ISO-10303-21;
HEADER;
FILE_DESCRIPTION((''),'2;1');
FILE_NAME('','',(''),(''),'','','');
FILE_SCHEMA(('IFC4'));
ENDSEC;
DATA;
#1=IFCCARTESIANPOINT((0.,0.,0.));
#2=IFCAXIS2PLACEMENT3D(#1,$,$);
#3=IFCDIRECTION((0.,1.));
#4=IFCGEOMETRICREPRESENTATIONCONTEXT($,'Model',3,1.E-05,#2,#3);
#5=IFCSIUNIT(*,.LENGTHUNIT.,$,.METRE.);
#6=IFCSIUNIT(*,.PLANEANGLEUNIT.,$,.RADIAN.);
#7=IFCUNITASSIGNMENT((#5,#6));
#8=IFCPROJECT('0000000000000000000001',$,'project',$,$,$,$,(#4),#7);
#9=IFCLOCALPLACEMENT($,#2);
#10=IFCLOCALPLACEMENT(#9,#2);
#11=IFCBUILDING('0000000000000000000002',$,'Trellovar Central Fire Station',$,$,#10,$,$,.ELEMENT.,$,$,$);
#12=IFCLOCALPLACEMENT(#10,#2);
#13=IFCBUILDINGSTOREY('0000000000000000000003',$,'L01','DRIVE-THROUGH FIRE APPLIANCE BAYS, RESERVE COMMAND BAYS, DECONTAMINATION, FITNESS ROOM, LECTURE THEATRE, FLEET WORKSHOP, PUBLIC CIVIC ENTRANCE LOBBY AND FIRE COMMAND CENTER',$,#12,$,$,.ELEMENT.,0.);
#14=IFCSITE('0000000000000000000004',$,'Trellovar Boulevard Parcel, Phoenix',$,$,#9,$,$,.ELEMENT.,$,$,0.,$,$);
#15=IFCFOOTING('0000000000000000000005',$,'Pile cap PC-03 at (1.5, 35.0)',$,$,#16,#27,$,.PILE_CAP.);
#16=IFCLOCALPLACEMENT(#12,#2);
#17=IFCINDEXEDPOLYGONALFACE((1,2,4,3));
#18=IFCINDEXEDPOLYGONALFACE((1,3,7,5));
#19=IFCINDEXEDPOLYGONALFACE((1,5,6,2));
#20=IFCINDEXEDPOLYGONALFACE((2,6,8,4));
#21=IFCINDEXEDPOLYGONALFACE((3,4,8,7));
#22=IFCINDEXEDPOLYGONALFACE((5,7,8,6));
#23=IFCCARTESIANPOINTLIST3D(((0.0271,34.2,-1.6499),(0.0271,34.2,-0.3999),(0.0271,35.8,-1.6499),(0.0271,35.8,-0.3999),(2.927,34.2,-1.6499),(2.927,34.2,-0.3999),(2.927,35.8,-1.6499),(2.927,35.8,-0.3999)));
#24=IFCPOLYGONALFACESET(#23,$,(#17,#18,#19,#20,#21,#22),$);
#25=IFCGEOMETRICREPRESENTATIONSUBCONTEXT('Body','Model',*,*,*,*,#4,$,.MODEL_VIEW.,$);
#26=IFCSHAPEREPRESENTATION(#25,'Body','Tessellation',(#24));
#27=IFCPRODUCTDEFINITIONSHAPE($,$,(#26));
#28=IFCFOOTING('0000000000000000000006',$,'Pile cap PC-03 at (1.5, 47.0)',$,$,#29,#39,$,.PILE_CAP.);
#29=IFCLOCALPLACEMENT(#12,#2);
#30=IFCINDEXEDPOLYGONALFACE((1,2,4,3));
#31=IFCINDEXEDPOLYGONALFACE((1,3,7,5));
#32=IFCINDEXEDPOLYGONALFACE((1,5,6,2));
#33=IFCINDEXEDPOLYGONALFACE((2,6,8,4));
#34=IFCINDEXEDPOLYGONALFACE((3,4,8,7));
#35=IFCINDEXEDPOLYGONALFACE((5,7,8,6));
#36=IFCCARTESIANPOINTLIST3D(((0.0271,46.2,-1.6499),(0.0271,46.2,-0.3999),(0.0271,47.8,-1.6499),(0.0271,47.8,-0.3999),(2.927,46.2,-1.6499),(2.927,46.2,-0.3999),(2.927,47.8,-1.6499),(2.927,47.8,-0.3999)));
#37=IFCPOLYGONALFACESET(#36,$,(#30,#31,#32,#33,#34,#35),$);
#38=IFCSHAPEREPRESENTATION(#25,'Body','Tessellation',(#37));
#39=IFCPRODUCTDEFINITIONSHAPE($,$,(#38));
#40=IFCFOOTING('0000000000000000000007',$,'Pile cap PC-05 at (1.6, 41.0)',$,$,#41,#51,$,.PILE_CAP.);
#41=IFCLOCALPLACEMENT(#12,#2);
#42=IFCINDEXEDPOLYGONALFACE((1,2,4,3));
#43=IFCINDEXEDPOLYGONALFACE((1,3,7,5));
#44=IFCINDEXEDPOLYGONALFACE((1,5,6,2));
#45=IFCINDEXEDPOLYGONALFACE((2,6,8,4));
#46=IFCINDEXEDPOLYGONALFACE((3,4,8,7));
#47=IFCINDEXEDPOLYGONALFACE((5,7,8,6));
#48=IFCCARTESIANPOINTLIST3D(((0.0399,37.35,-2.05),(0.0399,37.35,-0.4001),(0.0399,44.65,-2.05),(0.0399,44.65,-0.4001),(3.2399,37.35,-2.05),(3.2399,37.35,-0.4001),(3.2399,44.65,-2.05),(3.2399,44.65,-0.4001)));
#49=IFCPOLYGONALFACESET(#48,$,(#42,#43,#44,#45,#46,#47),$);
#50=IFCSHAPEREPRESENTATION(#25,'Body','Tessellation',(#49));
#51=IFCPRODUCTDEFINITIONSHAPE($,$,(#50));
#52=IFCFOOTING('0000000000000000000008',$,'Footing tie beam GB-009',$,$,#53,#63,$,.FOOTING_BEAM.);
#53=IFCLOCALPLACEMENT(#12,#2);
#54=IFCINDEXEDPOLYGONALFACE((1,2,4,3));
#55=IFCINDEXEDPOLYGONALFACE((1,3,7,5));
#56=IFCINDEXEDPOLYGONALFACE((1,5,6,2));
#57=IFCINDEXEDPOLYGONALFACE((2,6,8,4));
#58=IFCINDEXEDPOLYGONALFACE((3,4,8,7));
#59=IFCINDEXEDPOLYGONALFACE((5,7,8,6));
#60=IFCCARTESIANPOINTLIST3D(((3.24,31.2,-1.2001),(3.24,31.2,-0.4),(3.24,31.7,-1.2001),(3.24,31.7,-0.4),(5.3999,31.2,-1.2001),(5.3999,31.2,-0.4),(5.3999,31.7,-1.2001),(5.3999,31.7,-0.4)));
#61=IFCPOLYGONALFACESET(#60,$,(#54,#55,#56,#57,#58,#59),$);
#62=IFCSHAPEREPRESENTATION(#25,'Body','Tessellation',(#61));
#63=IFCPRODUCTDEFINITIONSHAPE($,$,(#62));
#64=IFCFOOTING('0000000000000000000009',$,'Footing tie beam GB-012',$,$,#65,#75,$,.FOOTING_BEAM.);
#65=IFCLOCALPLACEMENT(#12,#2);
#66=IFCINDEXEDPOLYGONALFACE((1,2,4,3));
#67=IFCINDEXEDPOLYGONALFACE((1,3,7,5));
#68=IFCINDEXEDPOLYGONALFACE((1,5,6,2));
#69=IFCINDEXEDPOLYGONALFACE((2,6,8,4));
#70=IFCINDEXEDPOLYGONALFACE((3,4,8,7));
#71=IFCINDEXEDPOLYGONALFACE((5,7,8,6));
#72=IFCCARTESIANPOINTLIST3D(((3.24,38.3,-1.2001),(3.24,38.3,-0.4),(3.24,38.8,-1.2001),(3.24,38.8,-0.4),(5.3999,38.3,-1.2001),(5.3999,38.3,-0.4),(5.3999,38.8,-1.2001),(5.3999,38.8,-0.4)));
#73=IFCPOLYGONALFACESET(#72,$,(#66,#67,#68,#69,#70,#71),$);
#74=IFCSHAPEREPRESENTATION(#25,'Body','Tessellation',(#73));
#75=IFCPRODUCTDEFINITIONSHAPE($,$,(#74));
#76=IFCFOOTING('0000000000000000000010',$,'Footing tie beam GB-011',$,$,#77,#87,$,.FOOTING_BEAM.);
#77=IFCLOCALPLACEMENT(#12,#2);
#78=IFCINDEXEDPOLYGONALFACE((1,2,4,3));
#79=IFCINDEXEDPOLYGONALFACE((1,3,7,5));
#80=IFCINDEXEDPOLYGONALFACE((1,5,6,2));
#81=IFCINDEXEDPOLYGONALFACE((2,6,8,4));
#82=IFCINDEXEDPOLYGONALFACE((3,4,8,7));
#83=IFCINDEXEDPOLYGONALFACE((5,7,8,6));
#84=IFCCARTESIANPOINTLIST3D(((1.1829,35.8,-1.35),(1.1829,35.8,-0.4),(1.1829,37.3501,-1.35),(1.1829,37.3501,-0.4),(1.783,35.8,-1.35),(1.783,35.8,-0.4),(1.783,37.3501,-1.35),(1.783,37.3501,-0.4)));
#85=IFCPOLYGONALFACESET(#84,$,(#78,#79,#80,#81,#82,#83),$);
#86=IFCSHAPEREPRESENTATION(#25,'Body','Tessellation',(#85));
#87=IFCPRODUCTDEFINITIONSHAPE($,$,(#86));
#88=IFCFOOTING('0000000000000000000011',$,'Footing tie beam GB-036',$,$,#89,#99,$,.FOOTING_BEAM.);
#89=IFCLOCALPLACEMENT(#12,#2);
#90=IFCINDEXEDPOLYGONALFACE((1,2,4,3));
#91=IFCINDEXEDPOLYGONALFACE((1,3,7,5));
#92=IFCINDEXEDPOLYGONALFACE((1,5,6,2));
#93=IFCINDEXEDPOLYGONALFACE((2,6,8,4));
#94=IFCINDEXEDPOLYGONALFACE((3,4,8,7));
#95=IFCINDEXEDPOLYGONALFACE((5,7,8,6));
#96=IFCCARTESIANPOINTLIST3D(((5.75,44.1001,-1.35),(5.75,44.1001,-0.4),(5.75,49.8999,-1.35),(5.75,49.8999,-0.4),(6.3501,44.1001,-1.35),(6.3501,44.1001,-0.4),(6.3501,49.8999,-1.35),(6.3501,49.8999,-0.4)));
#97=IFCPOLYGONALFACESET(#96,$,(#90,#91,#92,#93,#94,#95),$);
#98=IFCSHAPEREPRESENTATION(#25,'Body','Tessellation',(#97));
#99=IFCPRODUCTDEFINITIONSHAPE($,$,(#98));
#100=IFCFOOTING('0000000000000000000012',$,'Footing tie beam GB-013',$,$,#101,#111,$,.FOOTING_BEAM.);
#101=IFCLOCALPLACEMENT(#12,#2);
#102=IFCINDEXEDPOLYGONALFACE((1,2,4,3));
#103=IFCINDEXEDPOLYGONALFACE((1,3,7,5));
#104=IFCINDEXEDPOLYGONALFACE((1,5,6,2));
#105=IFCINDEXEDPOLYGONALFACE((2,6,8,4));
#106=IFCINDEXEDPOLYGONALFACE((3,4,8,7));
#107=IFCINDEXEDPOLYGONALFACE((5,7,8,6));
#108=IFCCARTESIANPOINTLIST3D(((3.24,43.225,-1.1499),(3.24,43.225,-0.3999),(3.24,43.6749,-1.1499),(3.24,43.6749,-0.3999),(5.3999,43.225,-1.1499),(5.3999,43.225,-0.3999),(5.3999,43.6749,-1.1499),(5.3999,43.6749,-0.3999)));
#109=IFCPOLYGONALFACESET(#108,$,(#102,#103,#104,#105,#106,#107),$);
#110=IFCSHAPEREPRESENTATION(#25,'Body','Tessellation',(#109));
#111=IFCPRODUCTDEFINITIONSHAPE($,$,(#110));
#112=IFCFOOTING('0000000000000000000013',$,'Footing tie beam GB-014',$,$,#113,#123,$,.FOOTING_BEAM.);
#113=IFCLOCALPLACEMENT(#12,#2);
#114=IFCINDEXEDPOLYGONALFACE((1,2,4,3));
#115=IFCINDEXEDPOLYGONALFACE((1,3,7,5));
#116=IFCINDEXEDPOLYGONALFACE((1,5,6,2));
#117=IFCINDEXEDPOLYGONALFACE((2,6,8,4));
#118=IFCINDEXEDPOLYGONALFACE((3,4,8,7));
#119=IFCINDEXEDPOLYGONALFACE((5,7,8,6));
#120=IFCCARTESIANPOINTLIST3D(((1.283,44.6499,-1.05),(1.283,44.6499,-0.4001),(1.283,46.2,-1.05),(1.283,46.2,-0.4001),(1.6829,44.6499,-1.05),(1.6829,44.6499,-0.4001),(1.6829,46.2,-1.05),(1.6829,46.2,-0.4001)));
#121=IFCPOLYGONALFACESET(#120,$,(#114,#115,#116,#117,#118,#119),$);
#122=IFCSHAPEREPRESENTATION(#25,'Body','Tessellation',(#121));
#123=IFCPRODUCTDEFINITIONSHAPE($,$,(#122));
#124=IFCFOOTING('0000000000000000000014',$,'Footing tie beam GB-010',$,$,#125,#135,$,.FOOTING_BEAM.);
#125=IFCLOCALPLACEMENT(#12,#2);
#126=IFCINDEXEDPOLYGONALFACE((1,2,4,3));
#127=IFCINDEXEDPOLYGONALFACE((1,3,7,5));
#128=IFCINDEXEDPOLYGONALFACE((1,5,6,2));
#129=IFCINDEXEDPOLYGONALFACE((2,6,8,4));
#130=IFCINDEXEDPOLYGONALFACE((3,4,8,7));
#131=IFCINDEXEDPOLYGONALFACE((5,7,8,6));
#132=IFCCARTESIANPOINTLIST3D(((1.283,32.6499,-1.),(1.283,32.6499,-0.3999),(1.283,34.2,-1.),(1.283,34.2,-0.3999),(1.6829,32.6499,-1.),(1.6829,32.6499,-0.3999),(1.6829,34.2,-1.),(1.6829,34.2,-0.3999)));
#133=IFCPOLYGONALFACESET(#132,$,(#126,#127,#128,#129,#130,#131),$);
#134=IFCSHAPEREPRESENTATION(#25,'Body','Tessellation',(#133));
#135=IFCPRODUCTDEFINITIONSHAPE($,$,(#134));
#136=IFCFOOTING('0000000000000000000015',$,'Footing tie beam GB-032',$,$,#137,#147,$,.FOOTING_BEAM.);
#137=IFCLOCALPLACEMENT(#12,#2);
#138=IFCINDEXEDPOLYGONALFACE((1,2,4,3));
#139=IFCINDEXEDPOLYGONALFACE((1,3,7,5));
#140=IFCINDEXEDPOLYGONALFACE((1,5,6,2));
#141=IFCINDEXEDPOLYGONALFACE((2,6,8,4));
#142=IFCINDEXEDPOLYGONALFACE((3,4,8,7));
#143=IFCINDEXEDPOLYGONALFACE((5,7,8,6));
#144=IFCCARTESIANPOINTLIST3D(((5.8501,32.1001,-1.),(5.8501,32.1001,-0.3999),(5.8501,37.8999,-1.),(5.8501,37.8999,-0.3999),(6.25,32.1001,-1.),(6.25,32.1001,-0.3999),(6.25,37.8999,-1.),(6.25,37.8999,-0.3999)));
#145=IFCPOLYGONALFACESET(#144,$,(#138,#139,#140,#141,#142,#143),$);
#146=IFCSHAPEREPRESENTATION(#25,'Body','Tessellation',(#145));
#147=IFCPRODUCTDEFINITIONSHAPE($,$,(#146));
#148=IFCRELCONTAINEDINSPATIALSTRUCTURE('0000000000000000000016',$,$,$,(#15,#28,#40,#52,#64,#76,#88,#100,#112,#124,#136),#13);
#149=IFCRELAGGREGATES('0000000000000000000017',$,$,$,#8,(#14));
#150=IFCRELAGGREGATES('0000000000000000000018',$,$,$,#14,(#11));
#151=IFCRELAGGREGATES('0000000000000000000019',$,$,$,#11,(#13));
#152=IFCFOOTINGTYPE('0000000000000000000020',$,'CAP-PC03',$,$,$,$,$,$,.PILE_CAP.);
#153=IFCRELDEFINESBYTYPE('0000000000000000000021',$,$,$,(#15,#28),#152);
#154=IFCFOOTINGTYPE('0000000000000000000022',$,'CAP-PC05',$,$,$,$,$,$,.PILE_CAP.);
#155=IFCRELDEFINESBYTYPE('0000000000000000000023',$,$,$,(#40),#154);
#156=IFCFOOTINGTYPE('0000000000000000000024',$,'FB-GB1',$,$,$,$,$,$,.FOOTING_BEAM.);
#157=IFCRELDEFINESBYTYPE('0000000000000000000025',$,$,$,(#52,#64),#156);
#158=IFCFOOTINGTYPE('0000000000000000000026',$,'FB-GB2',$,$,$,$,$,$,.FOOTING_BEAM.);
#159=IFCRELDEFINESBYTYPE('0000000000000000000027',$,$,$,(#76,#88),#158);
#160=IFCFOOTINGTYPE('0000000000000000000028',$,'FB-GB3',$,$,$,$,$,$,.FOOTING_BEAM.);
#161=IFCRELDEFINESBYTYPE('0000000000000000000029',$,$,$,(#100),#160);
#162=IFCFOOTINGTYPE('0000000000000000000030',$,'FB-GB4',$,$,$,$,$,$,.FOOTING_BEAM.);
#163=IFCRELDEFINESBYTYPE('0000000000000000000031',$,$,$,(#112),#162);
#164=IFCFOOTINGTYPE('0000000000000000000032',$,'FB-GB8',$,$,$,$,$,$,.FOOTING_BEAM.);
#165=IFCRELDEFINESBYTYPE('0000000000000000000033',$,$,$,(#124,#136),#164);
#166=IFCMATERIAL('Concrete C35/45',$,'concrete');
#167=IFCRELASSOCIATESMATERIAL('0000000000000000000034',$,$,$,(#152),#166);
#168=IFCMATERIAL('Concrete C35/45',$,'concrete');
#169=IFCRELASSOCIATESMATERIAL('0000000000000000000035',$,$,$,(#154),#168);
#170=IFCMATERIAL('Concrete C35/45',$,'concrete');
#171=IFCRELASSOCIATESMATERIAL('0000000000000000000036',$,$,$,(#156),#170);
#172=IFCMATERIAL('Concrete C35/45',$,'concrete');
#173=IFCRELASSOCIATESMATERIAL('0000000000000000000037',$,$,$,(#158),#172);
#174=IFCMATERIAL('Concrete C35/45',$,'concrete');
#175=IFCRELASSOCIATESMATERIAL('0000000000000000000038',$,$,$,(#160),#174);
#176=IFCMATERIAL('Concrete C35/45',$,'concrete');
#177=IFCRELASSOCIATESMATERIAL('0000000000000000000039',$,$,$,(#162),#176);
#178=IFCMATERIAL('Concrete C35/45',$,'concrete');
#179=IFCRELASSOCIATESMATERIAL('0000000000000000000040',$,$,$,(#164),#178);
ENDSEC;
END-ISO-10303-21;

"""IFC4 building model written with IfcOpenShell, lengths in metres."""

from ifc_helpers import new_model, si_unit, direction, frame, origin, origin_2d, place, context, subcontext, project, spatial, rectangle, extrude, material, material_profile, profile_set, type_object, element, save


model = new_model("IFC4")

# Units and contexts
model_context = context("Model", 3, precision=1e-05, world=origin(), true_north=direction((0.0, 1.0)))
body_context = subcontext(model_context, "Body", "Model", "MODEL_VIEW")
ifc_project = project(units=[si_unit("LENGTHUNIT", "METRE"), si_unit("PLANEANGLEUNIT", "RADIAN")], contexts=[model_context])

# Site, building, storey
site_placement = place(None, origin())
site = spatial("IfcSite", under=ifc_project, at=site_placement, Name="Trellovar Boulevard Parcel, Phoenix", CompositionType="ELEMENT", RefElevation=0.0)
building_placement = place(site_placement, origin())
building = spatial("IfcBuilding", under=site, at=building_placement, Name="Trellovar Central Fire Station", CompositionType="ELEMENT")
storey_placement = place(building_placement, origin())
storey = spatial("IfcBuildingStorey", under=building, at=storey_placement, Name="L01", Description="DRIVE-THROUGH FIRE APPLIANCE BAYS, RESERVE COMMAND BAYS, DECONTAMINATION, FITNESS ROOM, LECTURE THEATRE, FLEET WORKSHOP, PUBLIC CIVIC ENTRANCE LOBBY AND FIRE COMMAND CENTER", CompositionType="ELEMENT", Elevation=0.0)

# Footings
ifc_material_1 = material(Name="Concrete C35/45", Category="concrete")
footing_type_1 = type_object("IfcFootingType", Name="CAP-PC03", PredefinedType="PILE_CAP", material=ifc_material_1)
for number, where, z_axis, x_axis, name in (
    (1, (1.4771, 35.0, -1.6499), (0.0, 0.0, 1.0), (1.0, 0.0, 0.0), "Pile cap PC-03 at (1.5, 35.0)"),
    (2, (1.4771, 47.0, -1.6499), (0.0, 0.0, 1.0), (1.0, 0.0, 0.0), "Pile cap PC-03 at (1.5, 47.0)"),
):
    element("IfcFooting", number, at=place(storey_placement, frame(where, z_axis=z_axis, x_axis=x_axis)), inside=storey, type_object=footing_type_1, Name=name, PredefinedType="PILE_CAP", context=body_context, shape_type="SweptSolid", body=[
        extrude(rectangle(XDim=2.8999, YDim=1.6001, at=origin_2d()), origin(), (0.0, 0.0, 1.0), 1.25),
    ])
ifc_material_2 = material(Name="Concrete C35/45", Category="concrete")
footing_type_2 = type_object("IfcFootingType", Name="CAP-PC05", PredefinedType="PILE_CAP", material=ifc_material_2)
footing_1_placement = place(storey_placement, frame((1.6399, 41.0, -2.05), z_axis=(0.0, 0.0, 1.0), x_axis=(1.0, 0.0, 0.0)))
element("IfcFooting", 3, at=footing_1_placement, inside=storey, type_object=footing_type_2, Name="Pile cap PC-05 at (1.6, 41.0)", PredefinedType="PILE_CAP", context=body_context, shape_type="SweptSolid", body=[
    extrude(rectangle(XDim=3.2, YDim=7.3, at=origin_2d()), origin(), (0.0, 0.0, 1.0), 1.6499),
])
ifc_material_3 = material(Name="Concrete C35/45", Category="concrete")
ifc_material_profile_1 = material_profile(ifc_material_3, rectangle(XDim=0.5, YDim=0.8, at=origin_2d()), Name="RC500X800")
ifc_profile_set_1 = profile_set([ifc_material_profile_1], Name="Concrete C35/45")
footing_type_3 = type_object("IfcFootingType", Name="FB-GB1", PredefinedType="FOOTING_BEAM", material=ifc_profile_set_1)
for number, where, z_axis, x_axis, name in (
    (4, (3.24, 31.45, -0.8), (1.0, 0.0, 0.0), (0.0, 1.0, 0.0), "Footing tie beam GB-009"),
    (5, (3.24, 38.55, -0.8), (1.0, 0.0, 0.0), (0.0, 1.0, 0.0), "Footing tie beam GB-012"),
):
    element("IfcFooting", number, at=place(storey_placement, frame(where, z_axis=z_axis, x_axis=x_axis)), inside=storey, type_object=footing_type_3, Name=name, PredefinedType="FOOTING_BEAM", context=body_context, shape_type="SweptSolid", body=[
        extrude(rectangle(XDim=0.5, YDim=0.8, at=origin_2d()), origin(), (0.0, 0.0, 1.0), 2.1599),
    ])
ifc_material_4 = material(Name="Concrete C35/45", Category="concrete")
ifc_material_profile_2 = material_profile(ifc_material_4, rectangle(XDim=0.6001, YDim=0.95, at=origin_2d()), Name="RC600X950")
ifc_profile_set_2 = profile_set([ifc_material_profile_2], Name="Concrete C35/45")
footing_type_4 = type_object("IfcFootingType", Name="FB-GB2", PredefinedType="FOOTING_BEAM", material=ifc_profile_set_2)
footing_2_placement = place(storey_placement, frame((1.4829, 35.8, -0.875), z_axis=(0.0, 1.0, 0.0), x_axis=(-1.0, 0.0, 0.0)))
element("IfcFooting", 6, at=footing_2_placement, inside=storey, type_object=footing_type_4, Name="Footing tie beam GB-011", PredefinedType="FOOTING_BEAM", context=body_context, shape_type="SweptSolid", body=[
    extrude(rectangle(XDim=0.6001, YDim=0.95, at=origin_2d()), origin(), (0.0, 0.0, 1.0), 1.55),
])
footing_3_placement = place(storey_placement, frame((6.05, 44.1001, -0.875), z_axis=(0.0, 1.0, 0.0), x_axis=(-1.0, 0.0, 0.0)))
element("IfcFooting", 7, at=footing_3_placement, inside=storey, type_object=footing_type_4, Name="Footing tie beam GB-036", PredefinedType="FOOTING_BEAM", context=body_context, shape_type="SweptSolid", body=[
    extrude(rectangle(XDim=0.6001, YDim=0.95, at=origin_2d()), origin(), (0.0, 0.0, 1.0), 5.7998),
])
ifc_material_5 = material(Name="Concrete C35/45", Category="concrete")
ifc_material_profile_3 = material_profile(ifc_material_5, rectangle(XDim=0.45, YDim=0.75, at=origin_2d()), Name="RC450X750")
ifc_profile_set_3 = profile_set([ifc_material_profile_3], Name="Concrete C35/45")
footing_type_5 = type_object("IfcFootingType", Name="FB-GB3", PredefinedType="FOOTING_BEAM", material=ifc_profile_set_3)
footing_4_placement = place(storey_placement, frame((3.24, 43.45, -0.7749), z_axis=(1.0, 0.0, 0.0), x_axis=(0.0, 1.0, 0.0)))
element("IfcFooting", 8, at=footing_4_placement, inside=storey, type_object=footing_type_5, Name="Footing tie beam GB-013", PredefinedType="FOOTING_BEAM", context=body_context, shape_type="SweptSolid", body=[
    extrude(rectangle(XDim=0.45, YDim=0.75, at=origin_2d()), origin(), (0.0, 0.0, 1.0), 2.1599),
])
ifc_material_6 = material(Name="Concrete C35/45", Category="concrete")
ifc_material_profile_4 = material_profile(ifc_material_6, rectangle(XDim=0.3999, YDim=0.6499, at=origin_2d()), Name="RC400X650")
ifc_profile_set_4 = profile_set([ifc_material_profile_4], Name="Concrete C35/45")
footing_type_6 = type_object("IfcFootingType", Name="FB-GB4", PredefinedType="FOOTING_BEAM", material=ifc_profile_set_4)
footing_5_placement = place(storey_placement, frame((1.4829, 44.6499, -0.7251), z_axis=(0.0, 1.0, 0.0), x_axis=(-1.0, 0.0, 0.0)))
element("IfcFooting", 9, at=footing_5_placement, inside=storey, type_object=footing_type_6, Name="Footing tie beam GB-014", PredefinedType="FOOTING_BEAM", context=body_context, shape_type="SweptSolid", body=[
    extrude(rectangle(XDim=0.3999, YDim=0.6499, at=origin_2d()), origin(), (0.0, 0.0, 1.0), 1.55),
])
ifc_material_7 = material(Name="Concrete C35/45", Category="concrete")
ifc_material_profile_5 = material_profile(ifc_material_7, rectangle(XDim=0.3999, YDim=0.6001, at=origin_2d()), Name="RC400X600")
ifc_profile_set_5 = profile_set([ifc_material_profile_5], Name="Concrete C35/45")
footing_type_7 = type_object("IfcFootingType", Name="FB-GB8", PredefinedType="FOOTING_BEAM", material=ifc_profile_set_5)
footing_6_placement = place(storey_placement, frame((1.4829, 32.6499, -0.7), z_axis=(0.0, 1.0, 0.0), x_axis=(-1.0, 0.0, 0.0)))
element("IfcFooting", 10, at=footing_6_placement, inside=storey, type_object=footing_type_7, Name="Footing tie beam GB-010", PredefinedType="FOOTING_BEAM", context=body_context, shape_type="SweptSolid", body=[
    extrude(rectangle(XDim=0.3999, YDim=0.6001, at=origin_2d()), origin(), (0.0, 0.0, 1.0), 1.55),
])
footing_7_placement = place(storey_placement, frame((6.05, 32.1001, -0.7), z_axis=(0.0, 1.0, 0.0), x_axis=(-1.0, 0.0, 0.0)))
element("IfcFooting", 11, at=footing_7_placement, inside=storey, type_object=footing_type_7, Name="Footing tie beam GB-032", PredefinedType="FOOTING_BEAM", context=body_context, shape_type="SweptSolid", body=[
    extrude(rectangle(XDim=0.3999, YDim=0.6001, at=origin_2d()), origin(), (0.0, 0.0, 1.0), 5.7998),
])

save(model, "model.ifc")
